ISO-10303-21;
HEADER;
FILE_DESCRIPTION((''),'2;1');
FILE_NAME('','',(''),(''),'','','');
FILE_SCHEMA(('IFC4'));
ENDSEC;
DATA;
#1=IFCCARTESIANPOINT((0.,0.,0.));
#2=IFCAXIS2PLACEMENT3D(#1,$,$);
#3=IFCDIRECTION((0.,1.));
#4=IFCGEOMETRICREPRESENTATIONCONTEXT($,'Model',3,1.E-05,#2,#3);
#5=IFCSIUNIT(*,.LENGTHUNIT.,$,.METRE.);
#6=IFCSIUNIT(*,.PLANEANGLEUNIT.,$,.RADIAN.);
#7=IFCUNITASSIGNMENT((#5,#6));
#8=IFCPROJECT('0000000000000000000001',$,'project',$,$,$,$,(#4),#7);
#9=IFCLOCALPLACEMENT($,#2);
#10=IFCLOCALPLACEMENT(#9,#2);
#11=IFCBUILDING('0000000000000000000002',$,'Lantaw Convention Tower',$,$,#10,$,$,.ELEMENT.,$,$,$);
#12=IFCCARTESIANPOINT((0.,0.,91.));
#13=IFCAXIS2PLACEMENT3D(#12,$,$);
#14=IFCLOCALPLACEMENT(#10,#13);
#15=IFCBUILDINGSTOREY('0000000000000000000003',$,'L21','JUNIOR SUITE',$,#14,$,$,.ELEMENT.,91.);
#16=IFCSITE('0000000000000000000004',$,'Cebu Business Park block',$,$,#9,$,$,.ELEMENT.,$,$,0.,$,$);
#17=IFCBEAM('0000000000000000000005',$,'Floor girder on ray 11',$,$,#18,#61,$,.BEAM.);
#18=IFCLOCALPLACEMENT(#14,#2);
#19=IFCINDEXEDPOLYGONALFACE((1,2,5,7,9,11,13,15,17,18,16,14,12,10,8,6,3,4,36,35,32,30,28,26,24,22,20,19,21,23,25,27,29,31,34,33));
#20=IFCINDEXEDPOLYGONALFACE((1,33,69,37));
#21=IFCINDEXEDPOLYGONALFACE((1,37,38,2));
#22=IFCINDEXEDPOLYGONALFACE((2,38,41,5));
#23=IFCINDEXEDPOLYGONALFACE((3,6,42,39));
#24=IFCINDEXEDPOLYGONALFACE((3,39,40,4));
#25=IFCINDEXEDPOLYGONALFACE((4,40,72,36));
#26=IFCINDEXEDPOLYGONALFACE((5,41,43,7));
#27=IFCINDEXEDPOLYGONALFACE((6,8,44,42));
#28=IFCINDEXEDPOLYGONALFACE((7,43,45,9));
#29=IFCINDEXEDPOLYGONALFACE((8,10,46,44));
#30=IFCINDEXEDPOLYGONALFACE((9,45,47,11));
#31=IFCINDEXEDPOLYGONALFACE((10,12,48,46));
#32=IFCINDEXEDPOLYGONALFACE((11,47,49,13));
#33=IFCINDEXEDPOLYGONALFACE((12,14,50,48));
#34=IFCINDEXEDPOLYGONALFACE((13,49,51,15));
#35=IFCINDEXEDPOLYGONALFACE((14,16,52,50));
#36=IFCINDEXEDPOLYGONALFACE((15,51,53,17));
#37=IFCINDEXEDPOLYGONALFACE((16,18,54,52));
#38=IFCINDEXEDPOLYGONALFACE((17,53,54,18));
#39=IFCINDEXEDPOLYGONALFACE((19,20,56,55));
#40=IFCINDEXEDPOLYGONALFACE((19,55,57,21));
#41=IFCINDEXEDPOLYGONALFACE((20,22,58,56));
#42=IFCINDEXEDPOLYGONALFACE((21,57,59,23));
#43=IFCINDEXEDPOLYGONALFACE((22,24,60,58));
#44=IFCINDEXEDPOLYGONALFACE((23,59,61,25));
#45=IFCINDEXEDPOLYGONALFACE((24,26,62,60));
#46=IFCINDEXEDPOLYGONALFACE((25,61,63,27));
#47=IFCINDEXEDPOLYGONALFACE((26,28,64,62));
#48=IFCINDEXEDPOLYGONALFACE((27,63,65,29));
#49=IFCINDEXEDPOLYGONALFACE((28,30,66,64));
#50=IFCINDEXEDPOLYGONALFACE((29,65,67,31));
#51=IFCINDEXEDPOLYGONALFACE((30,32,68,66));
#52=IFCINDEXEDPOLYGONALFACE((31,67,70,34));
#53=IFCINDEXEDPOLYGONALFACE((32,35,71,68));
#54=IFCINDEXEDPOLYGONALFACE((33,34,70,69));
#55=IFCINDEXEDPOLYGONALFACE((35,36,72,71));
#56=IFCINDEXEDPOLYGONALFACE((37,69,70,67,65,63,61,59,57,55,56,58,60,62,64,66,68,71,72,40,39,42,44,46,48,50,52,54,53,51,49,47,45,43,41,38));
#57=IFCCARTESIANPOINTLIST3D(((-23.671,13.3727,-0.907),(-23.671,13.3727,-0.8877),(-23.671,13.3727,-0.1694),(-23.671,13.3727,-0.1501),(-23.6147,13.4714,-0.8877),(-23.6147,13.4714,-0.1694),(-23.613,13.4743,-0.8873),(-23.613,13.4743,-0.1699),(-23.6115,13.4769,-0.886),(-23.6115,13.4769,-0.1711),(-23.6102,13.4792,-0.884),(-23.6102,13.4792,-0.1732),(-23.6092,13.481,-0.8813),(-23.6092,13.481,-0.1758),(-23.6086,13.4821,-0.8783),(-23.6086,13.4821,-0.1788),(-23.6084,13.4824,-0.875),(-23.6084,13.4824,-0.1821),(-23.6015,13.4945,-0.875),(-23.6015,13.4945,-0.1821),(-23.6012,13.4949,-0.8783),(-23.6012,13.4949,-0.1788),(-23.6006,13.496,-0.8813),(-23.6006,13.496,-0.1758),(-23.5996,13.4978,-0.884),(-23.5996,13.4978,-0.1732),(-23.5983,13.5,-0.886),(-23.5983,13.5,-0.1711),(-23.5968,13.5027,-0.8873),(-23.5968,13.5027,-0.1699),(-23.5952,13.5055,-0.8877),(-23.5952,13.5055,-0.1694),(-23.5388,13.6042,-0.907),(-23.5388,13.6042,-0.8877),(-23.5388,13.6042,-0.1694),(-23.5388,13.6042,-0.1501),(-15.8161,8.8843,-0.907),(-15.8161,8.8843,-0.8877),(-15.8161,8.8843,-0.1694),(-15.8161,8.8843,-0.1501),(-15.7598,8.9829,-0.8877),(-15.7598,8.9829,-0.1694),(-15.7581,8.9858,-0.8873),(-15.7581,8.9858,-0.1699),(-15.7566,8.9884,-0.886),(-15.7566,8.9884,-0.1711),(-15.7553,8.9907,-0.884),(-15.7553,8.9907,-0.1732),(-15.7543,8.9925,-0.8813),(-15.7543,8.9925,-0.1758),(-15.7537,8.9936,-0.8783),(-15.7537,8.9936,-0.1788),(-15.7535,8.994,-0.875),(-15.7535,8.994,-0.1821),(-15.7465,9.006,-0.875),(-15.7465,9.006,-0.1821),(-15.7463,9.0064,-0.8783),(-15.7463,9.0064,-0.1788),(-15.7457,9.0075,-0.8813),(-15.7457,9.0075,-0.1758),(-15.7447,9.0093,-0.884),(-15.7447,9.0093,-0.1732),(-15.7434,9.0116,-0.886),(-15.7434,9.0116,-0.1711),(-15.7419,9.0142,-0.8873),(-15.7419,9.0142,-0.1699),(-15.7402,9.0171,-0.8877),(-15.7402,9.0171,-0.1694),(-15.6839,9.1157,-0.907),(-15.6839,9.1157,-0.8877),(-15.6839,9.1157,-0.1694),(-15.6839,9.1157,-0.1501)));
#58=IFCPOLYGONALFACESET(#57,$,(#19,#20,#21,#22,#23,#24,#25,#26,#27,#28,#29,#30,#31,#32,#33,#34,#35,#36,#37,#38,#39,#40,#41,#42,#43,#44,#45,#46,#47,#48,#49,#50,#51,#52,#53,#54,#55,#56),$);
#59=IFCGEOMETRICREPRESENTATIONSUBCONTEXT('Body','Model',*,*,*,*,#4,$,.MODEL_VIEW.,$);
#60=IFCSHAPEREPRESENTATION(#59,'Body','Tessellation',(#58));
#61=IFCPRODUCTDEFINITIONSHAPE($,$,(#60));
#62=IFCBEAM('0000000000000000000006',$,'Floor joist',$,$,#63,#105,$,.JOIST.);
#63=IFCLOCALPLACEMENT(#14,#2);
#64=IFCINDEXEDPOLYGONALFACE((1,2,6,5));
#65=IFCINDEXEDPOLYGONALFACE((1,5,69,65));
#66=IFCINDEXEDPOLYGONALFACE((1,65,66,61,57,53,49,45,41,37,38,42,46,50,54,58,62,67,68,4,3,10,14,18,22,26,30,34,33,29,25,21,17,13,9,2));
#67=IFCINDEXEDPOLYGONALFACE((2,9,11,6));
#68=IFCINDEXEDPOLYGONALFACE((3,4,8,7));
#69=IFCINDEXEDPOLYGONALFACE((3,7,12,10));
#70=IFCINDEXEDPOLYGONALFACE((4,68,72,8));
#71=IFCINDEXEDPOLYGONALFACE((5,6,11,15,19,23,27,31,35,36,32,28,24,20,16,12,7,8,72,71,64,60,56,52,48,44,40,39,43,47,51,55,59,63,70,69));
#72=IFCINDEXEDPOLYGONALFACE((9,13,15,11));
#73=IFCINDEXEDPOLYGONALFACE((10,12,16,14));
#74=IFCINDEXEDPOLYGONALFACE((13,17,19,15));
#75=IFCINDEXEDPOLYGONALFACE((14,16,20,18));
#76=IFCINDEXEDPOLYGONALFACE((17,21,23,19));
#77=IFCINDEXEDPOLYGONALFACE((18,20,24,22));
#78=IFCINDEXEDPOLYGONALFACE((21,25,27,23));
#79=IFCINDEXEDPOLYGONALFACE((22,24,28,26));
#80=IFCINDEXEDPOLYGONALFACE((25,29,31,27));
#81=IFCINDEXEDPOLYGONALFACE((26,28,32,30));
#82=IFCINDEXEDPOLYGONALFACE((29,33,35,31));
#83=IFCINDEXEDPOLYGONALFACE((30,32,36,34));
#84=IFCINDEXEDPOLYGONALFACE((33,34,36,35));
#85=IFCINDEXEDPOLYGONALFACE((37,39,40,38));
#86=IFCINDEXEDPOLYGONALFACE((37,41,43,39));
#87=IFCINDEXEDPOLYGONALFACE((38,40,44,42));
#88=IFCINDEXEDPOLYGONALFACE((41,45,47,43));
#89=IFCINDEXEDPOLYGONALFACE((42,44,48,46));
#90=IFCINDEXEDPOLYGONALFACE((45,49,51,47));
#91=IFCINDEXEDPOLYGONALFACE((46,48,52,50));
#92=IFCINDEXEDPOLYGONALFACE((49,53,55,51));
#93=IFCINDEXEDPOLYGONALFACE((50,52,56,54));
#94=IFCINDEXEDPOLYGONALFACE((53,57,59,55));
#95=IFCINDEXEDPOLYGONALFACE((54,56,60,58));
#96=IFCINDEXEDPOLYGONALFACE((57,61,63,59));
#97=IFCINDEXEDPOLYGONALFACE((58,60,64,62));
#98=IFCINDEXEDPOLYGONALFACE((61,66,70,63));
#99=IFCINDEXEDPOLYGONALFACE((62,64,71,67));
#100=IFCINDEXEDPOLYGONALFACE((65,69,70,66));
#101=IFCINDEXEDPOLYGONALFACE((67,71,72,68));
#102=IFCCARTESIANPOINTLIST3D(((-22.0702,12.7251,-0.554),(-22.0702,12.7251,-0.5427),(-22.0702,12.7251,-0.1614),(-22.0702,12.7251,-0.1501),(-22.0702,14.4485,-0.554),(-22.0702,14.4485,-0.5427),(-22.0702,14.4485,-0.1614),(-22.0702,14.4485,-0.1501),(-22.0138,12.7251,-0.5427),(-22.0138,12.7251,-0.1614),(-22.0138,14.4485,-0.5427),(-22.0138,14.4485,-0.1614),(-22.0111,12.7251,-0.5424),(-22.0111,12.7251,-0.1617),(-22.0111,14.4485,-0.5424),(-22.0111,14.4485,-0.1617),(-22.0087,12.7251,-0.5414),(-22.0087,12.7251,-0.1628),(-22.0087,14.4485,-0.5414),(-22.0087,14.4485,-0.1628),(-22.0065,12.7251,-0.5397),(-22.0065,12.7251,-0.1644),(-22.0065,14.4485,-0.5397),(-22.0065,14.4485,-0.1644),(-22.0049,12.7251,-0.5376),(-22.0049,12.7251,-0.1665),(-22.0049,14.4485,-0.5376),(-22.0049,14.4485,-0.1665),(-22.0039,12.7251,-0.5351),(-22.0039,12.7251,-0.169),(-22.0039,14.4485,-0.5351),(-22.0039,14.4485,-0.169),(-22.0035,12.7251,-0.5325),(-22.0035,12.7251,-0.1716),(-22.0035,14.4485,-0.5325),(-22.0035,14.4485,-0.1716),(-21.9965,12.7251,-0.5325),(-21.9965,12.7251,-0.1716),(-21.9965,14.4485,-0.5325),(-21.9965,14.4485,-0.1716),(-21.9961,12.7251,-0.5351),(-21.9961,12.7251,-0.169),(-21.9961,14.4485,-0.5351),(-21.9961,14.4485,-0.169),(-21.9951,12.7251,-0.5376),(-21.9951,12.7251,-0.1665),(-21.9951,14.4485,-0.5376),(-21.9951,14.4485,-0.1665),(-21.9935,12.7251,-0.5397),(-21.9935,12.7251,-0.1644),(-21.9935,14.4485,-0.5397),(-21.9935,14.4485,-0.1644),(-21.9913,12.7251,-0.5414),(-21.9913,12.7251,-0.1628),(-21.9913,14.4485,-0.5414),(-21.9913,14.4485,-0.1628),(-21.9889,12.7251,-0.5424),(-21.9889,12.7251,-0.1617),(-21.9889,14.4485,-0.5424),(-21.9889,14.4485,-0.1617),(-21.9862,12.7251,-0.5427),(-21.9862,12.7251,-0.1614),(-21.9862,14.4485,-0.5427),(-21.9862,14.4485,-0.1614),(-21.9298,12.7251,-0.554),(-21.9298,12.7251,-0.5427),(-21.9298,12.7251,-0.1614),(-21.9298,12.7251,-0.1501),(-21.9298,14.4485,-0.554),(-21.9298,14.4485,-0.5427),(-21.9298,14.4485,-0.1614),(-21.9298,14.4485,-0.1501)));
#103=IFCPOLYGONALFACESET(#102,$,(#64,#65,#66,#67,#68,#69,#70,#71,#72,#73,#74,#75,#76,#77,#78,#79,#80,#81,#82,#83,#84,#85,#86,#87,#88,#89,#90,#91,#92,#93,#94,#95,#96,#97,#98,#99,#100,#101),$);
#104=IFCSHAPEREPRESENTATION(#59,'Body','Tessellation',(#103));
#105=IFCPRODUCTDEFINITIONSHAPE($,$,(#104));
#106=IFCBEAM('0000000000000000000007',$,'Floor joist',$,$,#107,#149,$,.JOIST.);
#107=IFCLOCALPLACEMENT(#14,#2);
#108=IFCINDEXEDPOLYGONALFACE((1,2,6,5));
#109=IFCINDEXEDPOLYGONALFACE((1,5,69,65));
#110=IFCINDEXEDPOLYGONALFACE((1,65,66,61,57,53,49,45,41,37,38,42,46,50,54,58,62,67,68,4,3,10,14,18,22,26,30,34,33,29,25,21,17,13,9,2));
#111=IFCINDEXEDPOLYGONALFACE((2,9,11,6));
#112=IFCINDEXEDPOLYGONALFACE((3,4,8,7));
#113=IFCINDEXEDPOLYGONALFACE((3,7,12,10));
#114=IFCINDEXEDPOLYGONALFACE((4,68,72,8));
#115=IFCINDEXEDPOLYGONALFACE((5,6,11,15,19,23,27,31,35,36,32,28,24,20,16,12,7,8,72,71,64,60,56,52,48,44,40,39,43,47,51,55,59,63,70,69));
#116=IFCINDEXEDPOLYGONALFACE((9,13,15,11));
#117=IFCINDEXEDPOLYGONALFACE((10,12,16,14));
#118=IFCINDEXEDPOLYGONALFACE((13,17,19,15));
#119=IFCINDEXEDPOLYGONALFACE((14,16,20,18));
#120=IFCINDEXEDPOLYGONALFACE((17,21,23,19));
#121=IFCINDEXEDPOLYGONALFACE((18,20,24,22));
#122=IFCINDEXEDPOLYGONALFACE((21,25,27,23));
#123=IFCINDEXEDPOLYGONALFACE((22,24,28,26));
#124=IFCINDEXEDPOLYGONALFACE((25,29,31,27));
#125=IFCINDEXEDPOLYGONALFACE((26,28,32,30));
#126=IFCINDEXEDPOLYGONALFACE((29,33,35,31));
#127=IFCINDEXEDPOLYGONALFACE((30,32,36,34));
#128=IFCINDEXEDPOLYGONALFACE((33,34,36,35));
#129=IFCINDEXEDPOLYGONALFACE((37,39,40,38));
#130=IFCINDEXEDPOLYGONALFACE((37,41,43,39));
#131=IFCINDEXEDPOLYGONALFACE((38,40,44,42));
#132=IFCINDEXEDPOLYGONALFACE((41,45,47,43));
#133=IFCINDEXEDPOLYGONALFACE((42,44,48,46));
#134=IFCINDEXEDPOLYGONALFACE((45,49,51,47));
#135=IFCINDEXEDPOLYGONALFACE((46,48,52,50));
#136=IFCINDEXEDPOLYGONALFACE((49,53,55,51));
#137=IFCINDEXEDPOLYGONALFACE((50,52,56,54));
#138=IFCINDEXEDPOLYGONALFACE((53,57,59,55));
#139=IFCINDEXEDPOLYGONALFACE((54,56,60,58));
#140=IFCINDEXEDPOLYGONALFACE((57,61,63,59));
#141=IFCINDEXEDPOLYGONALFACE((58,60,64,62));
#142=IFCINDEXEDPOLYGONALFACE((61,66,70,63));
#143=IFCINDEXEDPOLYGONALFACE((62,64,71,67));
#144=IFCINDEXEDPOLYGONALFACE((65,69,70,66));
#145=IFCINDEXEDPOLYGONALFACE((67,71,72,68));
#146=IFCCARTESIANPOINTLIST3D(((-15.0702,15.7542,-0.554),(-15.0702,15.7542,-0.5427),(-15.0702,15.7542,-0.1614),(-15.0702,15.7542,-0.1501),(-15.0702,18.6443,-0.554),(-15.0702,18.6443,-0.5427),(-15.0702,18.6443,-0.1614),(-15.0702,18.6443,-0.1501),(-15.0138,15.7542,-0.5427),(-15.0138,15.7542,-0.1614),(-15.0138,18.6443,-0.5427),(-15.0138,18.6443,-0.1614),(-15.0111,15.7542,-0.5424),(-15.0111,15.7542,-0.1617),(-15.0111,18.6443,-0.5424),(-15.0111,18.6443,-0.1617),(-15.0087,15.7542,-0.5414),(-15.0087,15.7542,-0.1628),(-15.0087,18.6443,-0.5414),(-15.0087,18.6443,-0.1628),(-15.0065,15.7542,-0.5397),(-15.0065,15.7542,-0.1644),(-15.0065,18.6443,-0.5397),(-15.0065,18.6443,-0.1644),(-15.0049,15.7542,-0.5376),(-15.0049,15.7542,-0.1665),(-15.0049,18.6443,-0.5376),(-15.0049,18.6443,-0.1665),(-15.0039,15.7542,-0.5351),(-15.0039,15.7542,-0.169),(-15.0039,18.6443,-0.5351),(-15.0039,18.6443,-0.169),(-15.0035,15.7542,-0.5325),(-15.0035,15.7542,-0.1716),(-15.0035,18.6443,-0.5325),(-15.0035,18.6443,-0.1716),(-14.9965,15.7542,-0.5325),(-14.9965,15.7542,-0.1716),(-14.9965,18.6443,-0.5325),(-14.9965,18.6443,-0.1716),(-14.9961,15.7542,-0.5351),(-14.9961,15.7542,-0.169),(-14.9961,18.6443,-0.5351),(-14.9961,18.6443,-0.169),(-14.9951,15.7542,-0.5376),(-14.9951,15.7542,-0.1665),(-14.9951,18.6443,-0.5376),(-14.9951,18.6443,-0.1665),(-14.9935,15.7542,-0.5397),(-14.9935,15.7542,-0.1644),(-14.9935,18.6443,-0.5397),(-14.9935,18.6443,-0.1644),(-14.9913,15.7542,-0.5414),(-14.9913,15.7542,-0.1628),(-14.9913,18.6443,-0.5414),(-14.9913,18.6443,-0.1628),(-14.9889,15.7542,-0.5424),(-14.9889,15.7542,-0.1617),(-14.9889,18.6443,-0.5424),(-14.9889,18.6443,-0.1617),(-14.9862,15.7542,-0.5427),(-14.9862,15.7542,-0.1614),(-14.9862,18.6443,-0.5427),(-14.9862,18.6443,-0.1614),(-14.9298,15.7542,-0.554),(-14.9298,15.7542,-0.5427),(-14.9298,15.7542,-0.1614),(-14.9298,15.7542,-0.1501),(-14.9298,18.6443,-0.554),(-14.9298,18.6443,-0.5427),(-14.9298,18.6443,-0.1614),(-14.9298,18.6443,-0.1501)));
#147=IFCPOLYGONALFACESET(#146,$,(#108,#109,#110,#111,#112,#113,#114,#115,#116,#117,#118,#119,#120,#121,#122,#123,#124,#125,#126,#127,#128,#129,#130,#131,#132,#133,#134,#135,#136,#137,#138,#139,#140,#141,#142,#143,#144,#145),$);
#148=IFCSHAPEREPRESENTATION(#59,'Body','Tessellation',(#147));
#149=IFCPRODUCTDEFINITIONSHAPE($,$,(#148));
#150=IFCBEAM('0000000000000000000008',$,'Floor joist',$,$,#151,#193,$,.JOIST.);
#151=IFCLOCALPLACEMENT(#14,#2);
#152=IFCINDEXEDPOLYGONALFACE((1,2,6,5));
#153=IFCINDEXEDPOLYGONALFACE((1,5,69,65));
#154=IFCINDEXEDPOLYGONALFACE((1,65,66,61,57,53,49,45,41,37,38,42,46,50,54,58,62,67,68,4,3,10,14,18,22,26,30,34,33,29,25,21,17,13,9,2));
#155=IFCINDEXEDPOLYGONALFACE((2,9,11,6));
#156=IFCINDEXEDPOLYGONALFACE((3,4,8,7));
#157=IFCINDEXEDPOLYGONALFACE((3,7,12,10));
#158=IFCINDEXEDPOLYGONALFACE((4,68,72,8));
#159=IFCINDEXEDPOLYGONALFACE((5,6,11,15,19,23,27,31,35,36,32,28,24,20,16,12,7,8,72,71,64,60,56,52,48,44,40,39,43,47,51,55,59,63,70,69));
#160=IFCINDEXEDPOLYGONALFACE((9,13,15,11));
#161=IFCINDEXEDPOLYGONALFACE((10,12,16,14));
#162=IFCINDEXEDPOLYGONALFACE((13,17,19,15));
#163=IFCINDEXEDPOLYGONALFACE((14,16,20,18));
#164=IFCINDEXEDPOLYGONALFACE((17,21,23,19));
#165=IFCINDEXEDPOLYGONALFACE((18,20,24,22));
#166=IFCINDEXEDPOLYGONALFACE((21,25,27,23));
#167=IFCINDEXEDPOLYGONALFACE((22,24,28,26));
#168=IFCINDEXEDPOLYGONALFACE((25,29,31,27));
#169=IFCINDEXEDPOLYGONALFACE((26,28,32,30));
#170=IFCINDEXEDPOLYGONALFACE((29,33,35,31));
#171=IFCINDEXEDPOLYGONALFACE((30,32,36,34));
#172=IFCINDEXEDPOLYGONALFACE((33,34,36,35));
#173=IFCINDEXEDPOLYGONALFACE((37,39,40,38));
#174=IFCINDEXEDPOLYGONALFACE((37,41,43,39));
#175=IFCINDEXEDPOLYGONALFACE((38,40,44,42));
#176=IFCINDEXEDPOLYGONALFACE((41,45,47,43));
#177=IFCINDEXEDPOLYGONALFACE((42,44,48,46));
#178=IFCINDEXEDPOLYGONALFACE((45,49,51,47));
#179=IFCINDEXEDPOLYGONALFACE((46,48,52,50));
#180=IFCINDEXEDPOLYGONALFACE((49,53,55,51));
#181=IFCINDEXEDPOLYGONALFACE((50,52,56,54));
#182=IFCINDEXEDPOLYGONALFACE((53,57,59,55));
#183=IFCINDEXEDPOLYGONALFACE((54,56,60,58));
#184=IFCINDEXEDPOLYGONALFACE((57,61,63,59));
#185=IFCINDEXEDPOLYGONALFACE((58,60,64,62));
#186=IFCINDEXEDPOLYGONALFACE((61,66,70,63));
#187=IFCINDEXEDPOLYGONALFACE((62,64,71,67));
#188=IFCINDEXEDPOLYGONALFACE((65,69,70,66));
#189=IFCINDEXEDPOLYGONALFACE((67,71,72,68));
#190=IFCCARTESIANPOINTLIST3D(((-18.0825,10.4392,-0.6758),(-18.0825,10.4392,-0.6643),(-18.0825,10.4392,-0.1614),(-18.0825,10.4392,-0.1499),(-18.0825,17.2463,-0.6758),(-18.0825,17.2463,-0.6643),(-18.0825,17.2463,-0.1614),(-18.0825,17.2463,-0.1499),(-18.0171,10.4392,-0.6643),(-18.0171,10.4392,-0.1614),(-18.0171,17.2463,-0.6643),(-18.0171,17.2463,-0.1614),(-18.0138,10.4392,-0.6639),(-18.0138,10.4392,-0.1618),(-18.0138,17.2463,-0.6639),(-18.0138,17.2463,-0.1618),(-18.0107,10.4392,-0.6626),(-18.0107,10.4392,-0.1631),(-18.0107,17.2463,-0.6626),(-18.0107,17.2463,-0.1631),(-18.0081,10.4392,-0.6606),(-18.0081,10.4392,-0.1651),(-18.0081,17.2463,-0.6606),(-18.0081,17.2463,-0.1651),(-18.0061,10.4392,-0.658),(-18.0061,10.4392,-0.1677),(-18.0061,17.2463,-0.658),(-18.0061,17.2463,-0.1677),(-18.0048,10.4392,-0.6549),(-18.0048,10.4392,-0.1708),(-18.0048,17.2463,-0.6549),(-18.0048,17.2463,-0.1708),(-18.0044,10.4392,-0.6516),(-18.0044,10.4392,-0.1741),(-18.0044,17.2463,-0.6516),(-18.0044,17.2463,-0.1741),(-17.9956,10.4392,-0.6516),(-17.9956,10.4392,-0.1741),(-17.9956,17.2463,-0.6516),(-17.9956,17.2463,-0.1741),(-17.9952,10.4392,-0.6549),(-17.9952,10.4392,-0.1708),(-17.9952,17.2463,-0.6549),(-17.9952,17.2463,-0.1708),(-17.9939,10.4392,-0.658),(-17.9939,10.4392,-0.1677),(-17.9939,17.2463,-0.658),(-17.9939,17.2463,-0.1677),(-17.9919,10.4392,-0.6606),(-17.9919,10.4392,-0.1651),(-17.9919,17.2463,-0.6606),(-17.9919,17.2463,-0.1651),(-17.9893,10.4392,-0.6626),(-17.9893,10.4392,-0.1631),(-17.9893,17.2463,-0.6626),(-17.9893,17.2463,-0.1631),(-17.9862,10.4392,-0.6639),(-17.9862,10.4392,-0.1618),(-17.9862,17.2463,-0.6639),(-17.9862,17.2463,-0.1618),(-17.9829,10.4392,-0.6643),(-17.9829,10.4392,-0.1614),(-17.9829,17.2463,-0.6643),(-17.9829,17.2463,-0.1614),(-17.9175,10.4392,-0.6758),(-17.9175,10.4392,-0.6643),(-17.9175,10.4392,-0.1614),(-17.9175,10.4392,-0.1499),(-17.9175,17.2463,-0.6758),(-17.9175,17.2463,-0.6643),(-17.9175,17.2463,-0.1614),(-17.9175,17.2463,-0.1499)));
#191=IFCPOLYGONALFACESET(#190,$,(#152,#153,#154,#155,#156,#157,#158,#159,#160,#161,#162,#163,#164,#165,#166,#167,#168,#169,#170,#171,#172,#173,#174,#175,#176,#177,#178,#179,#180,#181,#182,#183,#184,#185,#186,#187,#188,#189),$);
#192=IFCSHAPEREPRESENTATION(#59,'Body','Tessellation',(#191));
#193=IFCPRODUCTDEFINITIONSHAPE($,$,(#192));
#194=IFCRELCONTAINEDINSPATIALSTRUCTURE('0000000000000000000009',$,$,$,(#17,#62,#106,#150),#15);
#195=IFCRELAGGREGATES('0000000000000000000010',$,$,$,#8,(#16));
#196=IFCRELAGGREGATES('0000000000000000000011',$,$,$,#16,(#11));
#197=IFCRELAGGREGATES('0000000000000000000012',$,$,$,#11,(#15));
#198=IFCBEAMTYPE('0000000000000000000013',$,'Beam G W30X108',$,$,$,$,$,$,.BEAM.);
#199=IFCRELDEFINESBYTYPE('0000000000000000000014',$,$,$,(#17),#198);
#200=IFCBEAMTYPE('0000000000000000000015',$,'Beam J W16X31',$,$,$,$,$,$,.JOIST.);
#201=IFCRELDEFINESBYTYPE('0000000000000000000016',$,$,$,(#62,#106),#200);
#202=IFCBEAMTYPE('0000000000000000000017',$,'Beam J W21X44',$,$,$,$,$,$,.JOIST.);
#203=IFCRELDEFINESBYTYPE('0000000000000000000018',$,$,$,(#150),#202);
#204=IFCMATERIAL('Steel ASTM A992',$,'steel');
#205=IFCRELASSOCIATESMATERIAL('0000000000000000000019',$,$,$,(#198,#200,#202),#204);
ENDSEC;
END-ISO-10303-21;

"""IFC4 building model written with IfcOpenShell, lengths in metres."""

from ifc_helpers import new_model, si_unit, direction, frame, origin, origin_2d, place, context, subcontext, project, spatial, i_section, extrude, material, material_profile, profile_set, type_object, element, save


model = new_model("IFC4")

# Units and contexts
model_context = context("Model", 3, precision=1e-05, world=origin(), true_north=direction((0.0, 1.0)))
body_context = subcontext(model_context, "Body", "Model", "MODEL_VIEW")
ifc_project = project(units=[si_unit("LENGTHUNIT", "METRE"), si_unit("PLANEANGLEUNIT", "RADIAN")], contexts=[model_context])

# Site, building, storey
site_placement = place(None, origin())
site = spatial("IfcSite", under=ifc_project, at=site_placement, Name="Cebu Business Park block", CompositionType="ELEMENT", RefElevation=0.0)
building_placement = place(site_placement, origin())
building = spatial("IfcBuilding", under=site, at=building_placement, Name="Lantaw Convention Tower", CompositionType="ELEMENT")
storey_placement = place(building_placement, frame((0.0, 0.0, 91.0)))
storey = spatial("IfcBuildingStorey", under=building, at=storey_placement, Name="L21", Description="JUNIOR SUITE", CompositionType="ELEMENT", Elevation=91.0)

# Beams
ifc_material_1 = material(Name="Steel ASTM A992", Category="steel")
ifc_material_profile_1 = material_profile(ifc_material_1, i_section(OverallWidth=0.2666, OverallDepth=0.7568, WebThickness=0.0139, FlangeThickness=0.0193, FilletRadius=0.0127, at=origin_2d()), Name="W30X108")
ifc_profile_set_1 = profile_set([ifc_material_profile_1], Name="Steel ASTM A992")
beam_type_1 = type_object("IfcBeamType", Name="Beam G W30X108", PredefinedType="BEAM", material=ifc_profile_set_1)
beam_1_placement = place(storey_placement, frame((-15.75, 9.0, -0.5286), z_axis=(-0.868245, 0.496136, 0.0), x_axis=(-0.496136, -0.868245, 0.0)))
element("IfcBeam", 1, at=beam_1_placement, inside=storey, type_object=beam_type_1, Name="Floor girder on ray 11", PredefinedType="BEAM", context=body_context, shape_type="SweptSolid", body=[
    extrude(i_section(OverallWidth=0.2666, OverallDepth=0.7568, WebThickness=0.0139, FlangeThickness=0.0193, FilletRadius=0.0127, at=origin_2d()), origin(), (0.0, 0.0, 1.0), 9.0469),
])
ifc_material_profile_2 = material_profile(ifc_material_1, i_section(OverallWidth=0.1404, OverallDepth=0.4038, WebThickness=0.0071, FlangeThickness=0.0112, FilletRadius=0.0103, at=origin_2d()), Name="W16X31")
ifc_profile_set_2 = profile_set([ifc_material_profile_2], Name="Steel ASTM A992")
beam_type_2 = type_object("IfcBeamType", Name="Beam J W16X31", PredefinedType="JOIST", material=ifc_profile_set_2)
beam_2_placement = place(storey_placement, frame((-22.0, 12.7251, -0.3521), z_axis=(0.0, 1.0, 0.0), x_axis=(-1.0, 0.0, 0.0)))
element("IfcBeam", 2, at=beam_2_placement, inside=storey, type_object=beam_type_2, Name="Floor joist", PredefinedType="JOIST", context=body_context, shape_type="SweptSolid", body=[
    extrude(i_section(OverallWidth=0.1404, OverallDepth=0.4038, WebThickness=0.0071, FlangeThickness=0.0112, FilletRadius=0.0103, at=origin_2d()), origin(), (0.0, 0.0, 1.0), 1.7234),
])
beam_3_placement = place(storey_placement, frame((-15.0, 15.7542, -0.3521), z_axis=(0.0, 1.0, 0.0), x_axis=(-1.0, 0.0, 0.0)))
element("IfcBeam", 3, at=beam_3_placement, inside=storey, type_object=beam_type_2, Name="Floor joist", PredefinedType="JOIST", context=body_context, shape_type="SweptSolid", body=[
    extrude(i_section(OverallWidth=0.1404, OverallDepth=0.4038, WebThickness=0.0071, FlangeThickness=0.0112, FilletRadius=0.0103, at=origin_2d()), origin(), (0.0, 0.0, 1.0), 2.8901),
])
ifc_material_profile_3 = material_profile(ifc_material_1, i_section(OverallWidth=0.165, OverallDepth=0.5259, WebThickness=0.0088, FlangeThickness=0.0115, FilletRadius=0.0127, at=origin_2d()), Name="W21X44")
ifc_profile_set_3 = profile_set([ifc_material_profile_3], Name="Steel ASTM A992")
beam_type_3 = type_object("IfcBeamType", Name="Beam J W21X44", PredefinedType="JOIST", material=ifc_profile_set_3)
beam_4_placement = place(storey_placement, frame((-18.0, 10.4392, -0.4128), z_axis=(0.0, 1.0, 0.0), x_axis=(-1.0, 0.0, 0.0)))
element("IfcBeam", 4, at=beam_4_placement, inside=storey, type_object=beam_type_3, Name="Floor joist", PredefinedType="JOIST", context=body_context, shape_type="SweptSolid", body=[
    extrude(i_section(OverallWidth=0.165, OverallDepth=0.5259, WebThickness=0.0088, FlangeThickness=0.0115, FilletRadius=0.0127, at=origin_2d()), origin(), (0.0, 0.0, 1.0), 6.8071),
])

save(model, "model.ifc")
